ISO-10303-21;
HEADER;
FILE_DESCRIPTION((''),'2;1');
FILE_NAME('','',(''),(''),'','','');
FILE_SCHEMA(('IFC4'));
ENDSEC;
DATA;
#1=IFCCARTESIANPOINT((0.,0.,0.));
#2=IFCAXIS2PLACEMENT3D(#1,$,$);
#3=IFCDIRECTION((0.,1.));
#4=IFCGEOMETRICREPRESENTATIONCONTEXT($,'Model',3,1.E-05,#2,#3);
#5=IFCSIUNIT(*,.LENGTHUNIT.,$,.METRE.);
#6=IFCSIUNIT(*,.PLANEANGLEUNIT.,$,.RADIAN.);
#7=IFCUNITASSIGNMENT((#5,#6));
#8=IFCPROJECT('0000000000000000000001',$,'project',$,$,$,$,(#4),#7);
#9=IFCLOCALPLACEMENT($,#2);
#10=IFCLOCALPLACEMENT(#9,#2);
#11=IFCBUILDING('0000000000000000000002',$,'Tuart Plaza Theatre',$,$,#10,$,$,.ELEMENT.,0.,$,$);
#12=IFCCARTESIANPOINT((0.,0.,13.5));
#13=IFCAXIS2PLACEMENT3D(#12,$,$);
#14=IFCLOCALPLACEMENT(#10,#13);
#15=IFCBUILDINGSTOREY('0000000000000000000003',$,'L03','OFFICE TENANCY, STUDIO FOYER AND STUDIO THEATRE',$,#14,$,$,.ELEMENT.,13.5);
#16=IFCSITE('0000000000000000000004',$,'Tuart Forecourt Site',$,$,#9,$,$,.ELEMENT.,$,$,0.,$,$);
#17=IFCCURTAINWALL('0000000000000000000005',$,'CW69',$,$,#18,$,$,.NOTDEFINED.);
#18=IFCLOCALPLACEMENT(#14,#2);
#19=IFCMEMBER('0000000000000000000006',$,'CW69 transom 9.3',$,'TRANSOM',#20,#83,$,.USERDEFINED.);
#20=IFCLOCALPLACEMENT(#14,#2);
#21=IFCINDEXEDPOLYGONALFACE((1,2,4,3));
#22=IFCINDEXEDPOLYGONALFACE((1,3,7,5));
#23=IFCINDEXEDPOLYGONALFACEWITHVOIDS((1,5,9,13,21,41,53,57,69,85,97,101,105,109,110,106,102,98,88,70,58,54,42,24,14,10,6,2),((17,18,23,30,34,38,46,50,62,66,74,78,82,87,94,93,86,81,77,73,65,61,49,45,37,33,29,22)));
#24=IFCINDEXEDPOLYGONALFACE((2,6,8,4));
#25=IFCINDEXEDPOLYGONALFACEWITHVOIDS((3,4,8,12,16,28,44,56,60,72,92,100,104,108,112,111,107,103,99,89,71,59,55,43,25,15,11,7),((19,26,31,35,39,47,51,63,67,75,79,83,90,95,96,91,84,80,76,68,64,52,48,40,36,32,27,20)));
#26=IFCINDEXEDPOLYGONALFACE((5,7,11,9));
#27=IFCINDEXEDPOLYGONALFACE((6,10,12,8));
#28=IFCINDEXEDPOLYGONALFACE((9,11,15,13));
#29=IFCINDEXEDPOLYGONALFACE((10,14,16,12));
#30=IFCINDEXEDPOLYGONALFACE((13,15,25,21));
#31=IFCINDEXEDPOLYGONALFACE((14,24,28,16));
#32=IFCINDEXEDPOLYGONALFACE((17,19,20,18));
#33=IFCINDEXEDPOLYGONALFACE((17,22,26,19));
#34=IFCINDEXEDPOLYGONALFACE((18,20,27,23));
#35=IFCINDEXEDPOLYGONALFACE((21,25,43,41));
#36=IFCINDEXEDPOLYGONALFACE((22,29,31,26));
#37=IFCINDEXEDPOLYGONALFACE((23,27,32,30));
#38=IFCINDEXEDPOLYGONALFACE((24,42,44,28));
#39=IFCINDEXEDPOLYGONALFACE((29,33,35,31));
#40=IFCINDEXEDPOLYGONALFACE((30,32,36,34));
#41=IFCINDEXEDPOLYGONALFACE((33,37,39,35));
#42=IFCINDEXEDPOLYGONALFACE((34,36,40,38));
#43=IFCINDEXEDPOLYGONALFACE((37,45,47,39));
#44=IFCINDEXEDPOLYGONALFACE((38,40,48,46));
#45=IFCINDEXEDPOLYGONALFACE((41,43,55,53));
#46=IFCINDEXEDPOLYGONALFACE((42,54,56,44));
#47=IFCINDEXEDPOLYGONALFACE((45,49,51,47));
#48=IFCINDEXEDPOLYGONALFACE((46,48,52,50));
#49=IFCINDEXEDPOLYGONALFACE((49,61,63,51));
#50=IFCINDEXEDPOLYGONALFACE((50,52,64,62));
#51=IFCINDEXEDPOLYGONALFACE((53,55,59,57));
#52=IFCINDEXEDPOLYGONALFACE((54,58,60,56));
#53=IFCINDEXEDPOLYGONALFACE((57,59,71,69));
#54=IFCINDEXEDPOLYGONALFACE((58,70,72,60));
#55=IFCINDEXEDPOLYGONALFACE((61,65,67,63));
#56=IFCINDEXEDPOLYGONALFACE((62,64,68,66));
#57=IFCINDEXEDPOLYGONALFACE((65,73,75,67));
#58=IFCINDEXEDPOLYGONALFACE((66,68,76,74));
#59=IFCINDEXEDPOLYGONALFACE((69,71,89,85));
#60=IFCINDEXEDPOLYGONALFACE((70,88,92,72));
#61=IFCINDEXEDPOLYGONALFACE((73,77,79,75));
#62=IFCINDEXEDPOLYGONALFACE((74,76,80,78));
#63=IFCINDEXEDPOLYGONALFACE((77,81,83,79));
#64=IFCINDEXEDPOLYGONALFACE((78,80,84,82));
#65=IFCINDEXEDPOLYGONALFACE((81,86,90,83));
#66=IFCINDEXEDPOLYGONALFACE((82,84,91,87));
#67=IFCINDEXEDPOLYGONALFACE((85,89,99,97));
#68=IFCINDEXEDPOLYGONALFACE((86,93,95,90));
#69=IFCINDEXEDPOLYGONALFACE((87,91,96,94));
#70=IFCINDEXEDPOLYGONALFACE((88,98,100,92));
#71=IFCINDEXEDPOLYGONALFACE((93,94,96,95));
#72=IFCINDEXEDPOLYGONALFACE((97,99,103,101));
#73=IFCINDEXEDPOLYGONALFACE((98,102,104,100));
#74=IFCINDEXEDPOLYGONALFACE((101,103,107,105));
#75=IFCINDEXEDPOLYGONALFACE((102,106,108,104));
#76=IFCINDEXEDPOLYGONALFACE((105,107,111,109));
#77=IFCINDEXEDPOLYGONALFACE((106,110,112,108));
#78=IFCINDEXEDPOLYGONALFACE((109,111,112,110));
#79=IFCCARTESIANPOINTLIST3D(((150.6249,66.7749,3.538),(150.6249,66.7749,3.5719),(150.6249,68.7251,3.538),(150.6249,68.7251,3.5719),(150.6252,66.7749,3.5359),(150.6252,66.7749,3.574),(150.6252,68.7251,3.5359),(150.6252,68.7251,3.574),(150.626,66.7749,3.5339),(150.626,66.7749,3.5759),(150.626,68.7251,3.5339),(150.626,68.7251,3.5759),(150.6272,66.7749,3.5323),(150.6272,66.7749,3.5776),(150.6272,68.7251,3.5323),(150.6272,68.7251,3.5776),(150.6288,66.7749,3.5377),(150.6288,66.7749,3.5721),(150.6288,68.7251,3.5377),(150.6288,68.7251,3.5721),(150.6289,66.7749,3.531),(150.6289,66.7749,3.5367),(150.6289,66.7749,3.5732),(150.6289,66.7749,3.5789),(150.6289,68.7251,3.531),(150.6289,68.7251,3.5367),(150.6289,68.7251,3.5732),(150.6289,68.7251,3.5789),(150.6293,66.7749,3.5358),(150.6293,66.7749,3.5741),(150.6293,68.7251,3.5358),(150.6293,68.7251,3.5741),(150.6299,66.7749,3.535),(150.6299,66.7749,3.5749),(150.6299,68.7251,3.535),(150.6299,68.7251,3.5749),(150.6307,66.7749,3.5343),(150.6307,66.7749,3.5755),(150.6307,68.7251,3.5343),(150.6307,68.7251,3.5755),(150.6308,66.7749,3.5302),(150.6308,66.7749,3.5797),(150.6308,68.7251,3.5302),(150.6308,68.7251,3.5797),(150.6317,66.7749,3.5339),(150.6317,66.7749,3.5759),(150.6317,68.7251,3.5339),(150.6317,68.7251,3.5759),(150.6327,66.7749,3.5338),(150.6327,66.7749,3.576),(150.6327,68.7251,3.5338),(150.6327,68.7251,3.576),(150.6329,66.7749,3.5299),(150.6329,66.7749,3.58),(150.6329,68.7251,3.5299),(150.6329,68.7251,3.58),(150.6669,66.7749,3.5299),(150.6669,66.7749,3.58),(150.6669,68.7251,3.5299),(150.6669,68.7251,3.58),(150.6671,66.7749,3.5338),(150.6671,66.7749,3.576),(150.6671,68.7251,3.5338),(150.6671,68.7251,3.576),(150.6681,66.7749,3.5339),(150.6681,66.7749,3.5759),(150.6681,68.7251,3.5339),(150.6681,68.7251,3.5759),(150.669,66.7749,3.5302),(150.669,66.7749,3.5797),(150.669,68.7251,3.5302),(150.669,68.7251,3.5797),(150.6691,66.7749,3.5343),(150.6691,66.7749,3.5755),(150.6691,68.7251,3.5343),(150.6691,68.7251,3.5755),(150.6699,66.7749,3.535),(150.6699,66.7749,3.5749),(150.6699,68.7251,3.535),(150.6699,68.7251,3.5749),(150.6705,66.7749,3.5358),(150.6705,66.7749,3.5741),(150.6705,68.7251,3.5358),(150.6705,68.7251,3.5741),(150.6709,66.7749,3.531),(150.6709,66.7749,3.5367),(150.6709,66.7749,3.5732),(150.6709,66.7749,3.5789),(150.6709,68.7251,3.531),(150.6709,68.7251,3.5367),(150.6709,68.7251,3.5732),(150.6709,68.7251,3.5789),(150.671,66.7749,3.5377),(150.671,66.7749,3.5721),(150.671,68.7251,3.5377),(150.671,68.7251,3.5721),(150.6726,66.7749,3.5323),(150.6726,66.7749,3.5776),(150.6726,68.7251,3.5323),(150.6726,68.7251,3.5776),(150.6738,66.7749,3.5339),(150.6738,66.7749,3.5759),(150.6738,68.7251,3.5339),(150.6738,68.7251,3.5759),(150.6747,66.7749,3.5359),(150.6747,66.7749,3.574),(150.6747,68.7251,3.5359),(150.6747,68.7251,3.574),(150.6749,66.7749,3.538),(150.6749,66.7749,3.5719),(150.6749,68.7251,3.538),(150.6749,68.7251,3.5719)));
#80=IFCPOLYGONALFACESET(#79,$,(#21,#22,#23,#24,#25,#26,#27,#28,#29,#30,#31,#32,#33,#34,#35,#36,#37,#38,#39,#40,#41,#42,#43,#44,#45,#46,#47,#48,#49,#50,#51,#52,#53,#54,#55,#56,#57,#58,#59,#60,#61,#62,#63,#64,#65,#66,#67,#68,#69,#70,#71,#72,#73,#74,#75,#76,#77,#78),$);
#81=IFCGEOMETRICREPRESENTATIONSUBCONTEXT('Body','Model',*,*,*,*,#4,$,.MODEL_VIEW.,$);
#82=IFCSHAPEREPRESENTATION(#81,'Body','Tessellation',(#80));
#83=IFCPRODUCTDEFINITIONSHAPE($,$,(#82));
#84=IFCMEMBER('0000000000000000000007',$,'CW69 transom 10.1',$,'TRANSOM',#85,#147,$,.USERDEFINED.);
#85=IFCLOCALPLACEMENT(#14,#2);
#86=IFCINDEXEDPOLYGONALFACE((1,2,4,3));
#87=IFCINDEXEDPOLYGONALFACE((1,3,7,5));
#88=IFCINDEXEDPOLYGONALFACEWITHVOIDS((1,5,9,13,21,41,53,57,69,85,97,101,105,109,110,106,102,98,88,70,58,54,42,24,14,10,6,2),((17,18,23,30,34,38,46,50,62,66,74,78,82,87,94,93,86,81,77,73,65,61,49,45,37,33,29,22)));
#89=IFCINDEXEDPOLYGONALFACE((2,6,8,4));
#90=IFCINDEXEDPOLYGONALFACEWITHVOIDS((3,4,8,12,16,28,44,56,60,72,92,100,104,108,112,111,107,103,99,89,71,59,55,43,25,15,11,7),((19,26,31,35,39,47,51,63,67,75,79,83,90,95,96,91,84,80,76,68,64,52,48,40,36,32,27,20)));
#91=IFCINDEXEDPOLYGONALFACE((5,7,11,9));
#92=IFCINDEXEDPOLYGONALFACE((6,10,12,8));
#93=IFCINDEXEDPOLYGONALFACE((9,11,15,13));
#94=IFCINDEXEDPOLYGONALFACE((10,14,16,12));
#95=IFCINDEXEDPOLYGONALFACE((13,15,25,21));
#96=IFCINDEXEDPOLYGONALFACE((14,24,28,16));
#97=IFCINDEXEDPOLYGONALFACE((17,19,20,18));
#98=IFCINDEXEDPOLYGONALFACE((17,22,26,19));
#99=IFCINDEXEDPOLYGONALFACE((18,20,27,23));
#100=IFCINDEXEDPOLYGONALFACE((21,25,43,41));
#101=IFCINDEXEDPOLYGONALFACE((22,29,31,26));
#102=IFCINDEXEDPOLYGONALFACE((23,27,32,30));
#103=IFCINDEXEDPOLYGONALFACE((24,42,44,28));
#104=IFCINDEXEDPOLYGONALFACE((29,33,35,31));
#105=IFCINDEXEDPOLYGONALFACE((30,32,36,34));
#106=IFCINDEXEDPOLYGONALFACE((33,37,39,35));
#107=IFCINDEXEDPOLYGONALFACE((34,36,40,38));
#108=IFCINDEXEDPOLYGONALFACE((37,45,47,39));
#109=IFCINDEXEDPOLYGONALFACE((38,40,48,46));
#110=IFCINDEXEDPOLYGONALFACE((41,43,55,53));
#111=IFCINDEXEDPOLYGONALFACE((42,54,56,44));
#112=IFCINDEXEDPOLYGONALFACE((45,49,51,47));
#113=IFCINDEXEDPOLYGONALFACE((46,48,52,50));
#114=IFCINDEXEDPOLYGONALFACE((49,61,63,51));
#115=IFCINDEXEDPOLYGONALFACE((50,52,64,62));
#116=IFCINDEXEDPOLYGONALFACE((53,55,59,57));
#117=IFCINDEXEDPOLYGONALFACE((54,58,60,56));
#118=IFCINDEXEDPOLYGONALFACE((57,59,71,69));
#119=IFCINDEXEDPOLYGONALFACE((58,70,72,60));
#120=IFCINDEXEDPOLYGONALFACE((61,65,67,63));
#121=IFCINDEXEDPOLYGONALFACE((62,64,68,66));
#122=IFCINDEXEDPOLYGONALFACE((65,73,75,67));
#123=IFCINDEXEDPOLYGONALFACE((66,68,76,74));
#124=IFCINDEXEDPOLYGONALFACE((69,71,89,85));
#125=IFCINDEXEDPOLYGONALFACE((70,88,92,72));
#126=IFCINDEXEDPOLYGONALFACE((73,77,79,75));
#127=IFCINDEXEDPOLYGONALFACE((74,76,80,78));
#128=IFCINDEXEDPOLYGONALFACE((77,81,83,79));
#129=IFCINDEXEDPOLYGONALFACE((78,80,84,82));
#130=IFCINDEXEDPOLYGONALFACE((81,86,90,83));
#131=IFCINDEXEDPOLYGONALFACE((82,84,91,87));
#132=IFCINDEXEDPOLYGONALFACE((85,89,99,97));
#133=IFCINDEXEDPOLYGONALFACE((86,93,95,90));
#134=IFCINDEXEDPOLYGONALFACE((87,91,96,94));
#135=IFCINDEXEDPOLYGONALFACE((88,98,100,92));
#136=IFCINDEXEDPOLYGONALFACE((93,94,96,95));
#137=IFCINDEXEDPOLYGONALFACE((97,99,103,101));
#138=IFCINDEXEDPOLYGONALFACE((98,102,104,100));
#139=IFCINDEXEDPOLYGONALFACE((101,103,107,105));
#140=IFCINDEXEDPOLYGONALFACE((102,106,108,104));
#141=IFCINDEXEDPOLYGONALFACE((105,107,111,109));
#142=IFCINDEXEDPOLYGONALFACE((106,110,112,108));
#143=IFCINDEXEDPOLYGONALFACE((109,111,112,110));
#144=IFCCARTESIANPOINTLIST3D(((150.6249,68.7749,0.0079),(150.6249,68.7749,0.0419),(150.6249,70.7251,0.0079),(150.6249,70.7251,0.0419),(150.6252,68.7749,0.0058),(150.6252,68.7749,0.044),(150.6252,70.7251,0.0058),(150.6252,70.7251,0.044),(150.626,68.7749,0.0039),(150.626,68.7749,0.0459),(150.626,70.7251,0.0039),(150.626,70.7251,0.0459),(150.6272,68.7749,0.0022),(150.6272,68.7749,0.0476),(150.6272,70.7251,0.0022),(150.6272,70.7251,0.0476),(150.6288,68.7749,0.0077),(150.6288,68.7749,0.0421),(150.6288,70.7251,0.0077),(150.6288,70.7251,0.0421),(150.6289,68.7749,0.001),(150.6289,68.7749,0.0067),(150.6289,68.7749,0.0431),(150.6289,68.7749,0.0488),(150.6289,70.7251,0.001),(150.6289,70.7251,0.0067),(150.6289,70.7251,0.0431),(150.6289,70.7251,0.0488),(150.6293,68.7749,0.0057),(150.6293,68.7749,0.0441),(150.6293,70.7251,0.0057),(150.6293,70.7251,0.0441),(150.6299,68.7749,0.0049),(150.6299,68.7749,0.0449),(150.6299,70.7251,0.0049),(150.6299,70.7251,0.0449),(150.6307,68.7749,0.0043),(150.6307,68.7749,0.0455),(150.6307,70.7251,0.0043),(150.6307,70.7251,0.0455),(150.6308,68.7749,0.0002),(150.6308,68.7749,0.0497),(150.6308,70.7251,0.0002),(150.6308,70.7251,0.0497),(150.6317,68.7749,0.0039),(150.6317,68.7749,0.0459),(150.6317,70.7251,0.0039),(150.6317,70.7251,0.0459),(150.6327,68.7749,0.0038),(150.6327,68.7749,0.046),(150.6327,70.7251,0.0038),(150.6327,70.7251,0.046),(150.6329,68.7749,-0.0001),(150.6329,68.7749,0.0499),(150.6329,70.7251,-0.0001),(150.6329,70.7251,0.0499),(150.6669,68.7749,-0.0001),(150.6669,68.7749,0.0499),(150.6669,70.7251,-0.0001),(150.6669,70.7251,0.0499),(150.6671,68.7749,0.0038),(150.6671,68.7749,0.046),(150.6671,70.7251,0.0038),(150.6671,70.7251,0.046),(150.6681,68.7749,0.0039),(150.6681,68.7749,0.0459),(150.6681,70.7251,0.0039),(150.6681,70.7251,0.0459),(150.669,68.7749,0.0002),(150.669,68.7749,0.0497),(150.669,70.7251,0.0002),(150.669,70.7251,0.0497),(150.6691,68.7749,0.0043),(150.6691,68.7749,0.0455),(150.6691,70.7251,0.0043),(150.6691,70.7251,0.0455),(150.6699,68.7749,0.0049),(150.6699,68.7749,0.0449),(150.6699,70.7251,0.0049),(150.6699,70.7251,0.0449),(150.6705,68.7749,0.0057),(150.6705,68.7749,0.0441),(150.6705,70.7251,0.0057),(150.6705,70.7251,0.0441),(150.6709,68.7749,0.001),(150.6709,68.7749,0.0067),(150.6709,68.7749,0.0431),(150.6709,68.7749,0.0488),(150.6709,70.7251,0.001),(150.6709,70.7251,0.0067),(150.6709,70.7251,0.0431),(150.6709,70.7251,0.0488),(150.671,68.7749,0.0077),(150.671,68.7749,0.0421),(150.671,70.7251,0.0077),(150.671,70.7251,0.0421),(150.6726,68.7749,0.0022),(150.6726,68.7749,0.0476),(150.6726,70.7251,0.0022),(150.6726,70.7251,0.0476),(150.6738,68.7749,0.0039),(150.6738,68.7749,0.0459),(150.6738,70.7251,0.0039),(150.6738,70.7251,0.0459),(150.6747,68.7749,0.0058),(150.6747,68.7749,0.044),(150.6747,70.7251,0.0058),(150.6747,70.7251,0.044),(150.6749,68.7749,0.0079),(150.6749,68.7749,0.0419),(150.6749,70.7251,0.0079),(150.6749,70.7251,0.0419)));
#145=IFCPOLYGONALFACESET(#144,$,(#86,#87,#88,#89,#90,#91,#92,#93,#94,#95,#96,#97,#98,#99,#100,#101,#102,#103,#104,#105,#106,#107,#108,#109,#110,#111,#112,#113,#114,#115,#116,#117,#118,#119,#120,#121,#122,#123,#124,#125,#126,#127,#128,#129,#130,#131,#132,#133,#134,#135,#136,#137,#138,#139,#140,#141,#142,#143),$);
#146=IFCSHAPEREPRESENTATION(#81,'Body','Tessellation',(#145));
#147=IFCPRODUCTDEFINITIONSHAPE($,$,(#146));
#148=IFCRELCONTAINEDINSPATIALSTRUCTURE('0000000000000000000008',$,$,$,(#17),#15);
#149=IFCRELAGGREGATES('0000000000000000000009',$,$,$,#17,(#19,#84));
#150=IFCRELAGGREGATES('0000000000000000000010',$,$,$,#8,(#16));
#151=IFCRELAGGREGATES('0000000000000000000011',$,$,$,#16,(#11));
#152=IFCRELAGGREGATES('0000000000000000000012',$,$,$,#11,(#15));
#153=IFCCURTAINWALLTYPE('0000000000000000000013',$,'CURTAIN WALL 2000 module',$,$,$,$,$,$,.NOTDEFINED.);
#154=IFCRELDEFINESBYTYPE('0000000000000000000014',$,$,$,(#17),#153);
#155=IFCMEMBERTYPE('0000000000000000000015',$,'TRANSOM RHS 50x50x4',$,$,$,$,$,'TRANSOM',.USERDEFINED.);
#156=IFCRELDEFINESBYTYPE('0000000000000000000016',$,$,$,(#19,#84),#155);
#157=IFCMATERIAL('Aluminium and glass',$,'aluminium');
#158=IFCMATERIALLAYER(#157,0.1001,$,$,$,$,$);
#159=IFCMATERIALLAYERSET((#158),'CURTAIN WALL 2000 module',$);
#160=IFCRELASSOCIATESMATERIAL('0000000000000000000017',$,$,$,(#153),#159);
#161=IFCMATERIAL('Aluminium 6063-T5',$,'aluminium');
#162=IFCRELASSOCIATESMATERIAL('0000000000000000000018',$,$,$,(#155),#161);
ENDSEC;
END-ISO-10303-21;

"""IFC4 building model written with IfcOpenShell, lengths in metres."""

from ifc_helpers import new_model, si_unit, direction, frame, origin, origin_2d, place, context, subcontext, project, spatial, hollow_rectangle, extrude, material, layer, layer_set, material_profile, profile_set, type_object, element, aggregate, save


model = new_model("IFC4")

# Units and contexts
model_context = context("Model", 3, precision=1e-05, world=origin(), true_north=direction((0.0, 1.0)))
body_context = subcontext(model_context, "Body", "Model", "MODEL_VIEW")
ifc_project = project(units=[si_unit("LENGTHUNIT", "METRE"), si_unit("PLANEANGLEUNIT", "RADIAN")], contexts=[model_context])

# Site, building, storey
site_placement = place(None, origin())
site = spatial("IfcSite", under=ifc_project, at=site_placement, Name="Tuart Forecourt Site", CompositionType="ELEMENT", RefElevation=0.0)
building_placement = place(site_placement, origin())
building = spatial("IfcBuilding", under=site, at=building_placement, Name="Tuart Plaza Theatre", CompositionType="ELEMENT", ElevationOfRefHeight=0.0)
storey_placement = place(building_placement, frame((0.0, 0.0, 13.5)))
storey = spatial("IfcBuildingStorey", under=building, at=storey_placement, Name="L03", Description="OFFICE TENANCY, STUDIO FOYER AND STUDIO THEATRE", CompositionType="ELEMENT", Elevation=13.5)

# Curtain wall, members
ifc_material_1 = material(Name="Aluminium and glass", Category="aluminium")
ifc_layer_1 = layer(ifc_material_1, 0.1001)
ifc_layer_set_1 = layer_set([ifc_layer_1], Name="CURTAIN WALL 2000 module")
curtain_wall_type = type_object("IfcCurtainWallType", Name="CURTAIN WALL 2000 module", PredefinedType="NOTDEFINED", material=ifc_layer_set_1)
curtain_wall_placement = place(storey_placement, origin())
curtain_wall = element("IfcCurtainWall", 1, at=curtain_wall_placement, inside=storey, type_object=curtain_wall_type, Name="CW69", PredefinedType="NOTDEFINED")
ifc_material_2 = material(Name="Aluminium 6063-T5", Category="aluminium")
ifc_material_profile_1 = material_profile(ifc_material_2, hollow_rectangle(XDim=0.05, YDim=0.05, WallThickness=0.0039, InnerFilletRadius=0.0039, OuterFilletRadius=0.0081, at=origin_2d()), Name="RHS 50x50x4")
ifc_profile_set_1 = profile_set([ifc_material_profile_1], Name="Aluminium 6063-T5")
member_type_1 = type_object("IfcMemberType", Name="TRANSOM RHS 50x50x4", ElementType="TRANSOM", PredefinedType="USERDEFINED", material=ifc_profile_set_1)
member_1_placement = place(storey_placement, frame((150.6499, 66.7749, 3.5549), z_axis=(0.0, 1.0, 0.0), x_axis=(-1.0, 0.0, 0.0)))
member_1 = element("IfcMember", 2, at=member_1_placement, type_object=member_type_1, Name="CW69 transom 9.3", ObjectType="TRANSOM", PredefinedType="USERDEFINED", context=body_context, shape_type="SweptSolid", body=[
    extrude(hollow_rectangle(XDim=0.05, YDim=0.05, WallThickness=0.0039, InnerFilletRadius=0.0039, OuterFilletRadius=0.0081, at=origin_2d()), origin(), (0.0, 0.0, 1.0), 1.9502),
])
member_2_placement = place(storey_placement, frame((150.6499, 68.7749, 0.0249), z_axis=(0.0, 1.0, 0.0), x_axis=(-1.0, 0.0, 0.0)))
member_2 = element("IfcMember", 3, at=member_2_placement, type_object=member_type_1, Name="CW69 transom 10.1", ObjectType="TRANSOM", PredefinedType="USERDEFINED", context=body_context, shape_type="SweptSolid", body=[
    extrude(hollow_rectangle(XDim=0.05, YDim=0.05, WallThickness=0.0039, InnerFilletRadius=0.0039, OuterFilletRadius=0.0081, at=origin_2d()), origin(), (0.0, 0.0, 1.0), 1.9502),
])
aggregate(curtain_wall, [member_1, member_2])

save(model, "model.ifc")
